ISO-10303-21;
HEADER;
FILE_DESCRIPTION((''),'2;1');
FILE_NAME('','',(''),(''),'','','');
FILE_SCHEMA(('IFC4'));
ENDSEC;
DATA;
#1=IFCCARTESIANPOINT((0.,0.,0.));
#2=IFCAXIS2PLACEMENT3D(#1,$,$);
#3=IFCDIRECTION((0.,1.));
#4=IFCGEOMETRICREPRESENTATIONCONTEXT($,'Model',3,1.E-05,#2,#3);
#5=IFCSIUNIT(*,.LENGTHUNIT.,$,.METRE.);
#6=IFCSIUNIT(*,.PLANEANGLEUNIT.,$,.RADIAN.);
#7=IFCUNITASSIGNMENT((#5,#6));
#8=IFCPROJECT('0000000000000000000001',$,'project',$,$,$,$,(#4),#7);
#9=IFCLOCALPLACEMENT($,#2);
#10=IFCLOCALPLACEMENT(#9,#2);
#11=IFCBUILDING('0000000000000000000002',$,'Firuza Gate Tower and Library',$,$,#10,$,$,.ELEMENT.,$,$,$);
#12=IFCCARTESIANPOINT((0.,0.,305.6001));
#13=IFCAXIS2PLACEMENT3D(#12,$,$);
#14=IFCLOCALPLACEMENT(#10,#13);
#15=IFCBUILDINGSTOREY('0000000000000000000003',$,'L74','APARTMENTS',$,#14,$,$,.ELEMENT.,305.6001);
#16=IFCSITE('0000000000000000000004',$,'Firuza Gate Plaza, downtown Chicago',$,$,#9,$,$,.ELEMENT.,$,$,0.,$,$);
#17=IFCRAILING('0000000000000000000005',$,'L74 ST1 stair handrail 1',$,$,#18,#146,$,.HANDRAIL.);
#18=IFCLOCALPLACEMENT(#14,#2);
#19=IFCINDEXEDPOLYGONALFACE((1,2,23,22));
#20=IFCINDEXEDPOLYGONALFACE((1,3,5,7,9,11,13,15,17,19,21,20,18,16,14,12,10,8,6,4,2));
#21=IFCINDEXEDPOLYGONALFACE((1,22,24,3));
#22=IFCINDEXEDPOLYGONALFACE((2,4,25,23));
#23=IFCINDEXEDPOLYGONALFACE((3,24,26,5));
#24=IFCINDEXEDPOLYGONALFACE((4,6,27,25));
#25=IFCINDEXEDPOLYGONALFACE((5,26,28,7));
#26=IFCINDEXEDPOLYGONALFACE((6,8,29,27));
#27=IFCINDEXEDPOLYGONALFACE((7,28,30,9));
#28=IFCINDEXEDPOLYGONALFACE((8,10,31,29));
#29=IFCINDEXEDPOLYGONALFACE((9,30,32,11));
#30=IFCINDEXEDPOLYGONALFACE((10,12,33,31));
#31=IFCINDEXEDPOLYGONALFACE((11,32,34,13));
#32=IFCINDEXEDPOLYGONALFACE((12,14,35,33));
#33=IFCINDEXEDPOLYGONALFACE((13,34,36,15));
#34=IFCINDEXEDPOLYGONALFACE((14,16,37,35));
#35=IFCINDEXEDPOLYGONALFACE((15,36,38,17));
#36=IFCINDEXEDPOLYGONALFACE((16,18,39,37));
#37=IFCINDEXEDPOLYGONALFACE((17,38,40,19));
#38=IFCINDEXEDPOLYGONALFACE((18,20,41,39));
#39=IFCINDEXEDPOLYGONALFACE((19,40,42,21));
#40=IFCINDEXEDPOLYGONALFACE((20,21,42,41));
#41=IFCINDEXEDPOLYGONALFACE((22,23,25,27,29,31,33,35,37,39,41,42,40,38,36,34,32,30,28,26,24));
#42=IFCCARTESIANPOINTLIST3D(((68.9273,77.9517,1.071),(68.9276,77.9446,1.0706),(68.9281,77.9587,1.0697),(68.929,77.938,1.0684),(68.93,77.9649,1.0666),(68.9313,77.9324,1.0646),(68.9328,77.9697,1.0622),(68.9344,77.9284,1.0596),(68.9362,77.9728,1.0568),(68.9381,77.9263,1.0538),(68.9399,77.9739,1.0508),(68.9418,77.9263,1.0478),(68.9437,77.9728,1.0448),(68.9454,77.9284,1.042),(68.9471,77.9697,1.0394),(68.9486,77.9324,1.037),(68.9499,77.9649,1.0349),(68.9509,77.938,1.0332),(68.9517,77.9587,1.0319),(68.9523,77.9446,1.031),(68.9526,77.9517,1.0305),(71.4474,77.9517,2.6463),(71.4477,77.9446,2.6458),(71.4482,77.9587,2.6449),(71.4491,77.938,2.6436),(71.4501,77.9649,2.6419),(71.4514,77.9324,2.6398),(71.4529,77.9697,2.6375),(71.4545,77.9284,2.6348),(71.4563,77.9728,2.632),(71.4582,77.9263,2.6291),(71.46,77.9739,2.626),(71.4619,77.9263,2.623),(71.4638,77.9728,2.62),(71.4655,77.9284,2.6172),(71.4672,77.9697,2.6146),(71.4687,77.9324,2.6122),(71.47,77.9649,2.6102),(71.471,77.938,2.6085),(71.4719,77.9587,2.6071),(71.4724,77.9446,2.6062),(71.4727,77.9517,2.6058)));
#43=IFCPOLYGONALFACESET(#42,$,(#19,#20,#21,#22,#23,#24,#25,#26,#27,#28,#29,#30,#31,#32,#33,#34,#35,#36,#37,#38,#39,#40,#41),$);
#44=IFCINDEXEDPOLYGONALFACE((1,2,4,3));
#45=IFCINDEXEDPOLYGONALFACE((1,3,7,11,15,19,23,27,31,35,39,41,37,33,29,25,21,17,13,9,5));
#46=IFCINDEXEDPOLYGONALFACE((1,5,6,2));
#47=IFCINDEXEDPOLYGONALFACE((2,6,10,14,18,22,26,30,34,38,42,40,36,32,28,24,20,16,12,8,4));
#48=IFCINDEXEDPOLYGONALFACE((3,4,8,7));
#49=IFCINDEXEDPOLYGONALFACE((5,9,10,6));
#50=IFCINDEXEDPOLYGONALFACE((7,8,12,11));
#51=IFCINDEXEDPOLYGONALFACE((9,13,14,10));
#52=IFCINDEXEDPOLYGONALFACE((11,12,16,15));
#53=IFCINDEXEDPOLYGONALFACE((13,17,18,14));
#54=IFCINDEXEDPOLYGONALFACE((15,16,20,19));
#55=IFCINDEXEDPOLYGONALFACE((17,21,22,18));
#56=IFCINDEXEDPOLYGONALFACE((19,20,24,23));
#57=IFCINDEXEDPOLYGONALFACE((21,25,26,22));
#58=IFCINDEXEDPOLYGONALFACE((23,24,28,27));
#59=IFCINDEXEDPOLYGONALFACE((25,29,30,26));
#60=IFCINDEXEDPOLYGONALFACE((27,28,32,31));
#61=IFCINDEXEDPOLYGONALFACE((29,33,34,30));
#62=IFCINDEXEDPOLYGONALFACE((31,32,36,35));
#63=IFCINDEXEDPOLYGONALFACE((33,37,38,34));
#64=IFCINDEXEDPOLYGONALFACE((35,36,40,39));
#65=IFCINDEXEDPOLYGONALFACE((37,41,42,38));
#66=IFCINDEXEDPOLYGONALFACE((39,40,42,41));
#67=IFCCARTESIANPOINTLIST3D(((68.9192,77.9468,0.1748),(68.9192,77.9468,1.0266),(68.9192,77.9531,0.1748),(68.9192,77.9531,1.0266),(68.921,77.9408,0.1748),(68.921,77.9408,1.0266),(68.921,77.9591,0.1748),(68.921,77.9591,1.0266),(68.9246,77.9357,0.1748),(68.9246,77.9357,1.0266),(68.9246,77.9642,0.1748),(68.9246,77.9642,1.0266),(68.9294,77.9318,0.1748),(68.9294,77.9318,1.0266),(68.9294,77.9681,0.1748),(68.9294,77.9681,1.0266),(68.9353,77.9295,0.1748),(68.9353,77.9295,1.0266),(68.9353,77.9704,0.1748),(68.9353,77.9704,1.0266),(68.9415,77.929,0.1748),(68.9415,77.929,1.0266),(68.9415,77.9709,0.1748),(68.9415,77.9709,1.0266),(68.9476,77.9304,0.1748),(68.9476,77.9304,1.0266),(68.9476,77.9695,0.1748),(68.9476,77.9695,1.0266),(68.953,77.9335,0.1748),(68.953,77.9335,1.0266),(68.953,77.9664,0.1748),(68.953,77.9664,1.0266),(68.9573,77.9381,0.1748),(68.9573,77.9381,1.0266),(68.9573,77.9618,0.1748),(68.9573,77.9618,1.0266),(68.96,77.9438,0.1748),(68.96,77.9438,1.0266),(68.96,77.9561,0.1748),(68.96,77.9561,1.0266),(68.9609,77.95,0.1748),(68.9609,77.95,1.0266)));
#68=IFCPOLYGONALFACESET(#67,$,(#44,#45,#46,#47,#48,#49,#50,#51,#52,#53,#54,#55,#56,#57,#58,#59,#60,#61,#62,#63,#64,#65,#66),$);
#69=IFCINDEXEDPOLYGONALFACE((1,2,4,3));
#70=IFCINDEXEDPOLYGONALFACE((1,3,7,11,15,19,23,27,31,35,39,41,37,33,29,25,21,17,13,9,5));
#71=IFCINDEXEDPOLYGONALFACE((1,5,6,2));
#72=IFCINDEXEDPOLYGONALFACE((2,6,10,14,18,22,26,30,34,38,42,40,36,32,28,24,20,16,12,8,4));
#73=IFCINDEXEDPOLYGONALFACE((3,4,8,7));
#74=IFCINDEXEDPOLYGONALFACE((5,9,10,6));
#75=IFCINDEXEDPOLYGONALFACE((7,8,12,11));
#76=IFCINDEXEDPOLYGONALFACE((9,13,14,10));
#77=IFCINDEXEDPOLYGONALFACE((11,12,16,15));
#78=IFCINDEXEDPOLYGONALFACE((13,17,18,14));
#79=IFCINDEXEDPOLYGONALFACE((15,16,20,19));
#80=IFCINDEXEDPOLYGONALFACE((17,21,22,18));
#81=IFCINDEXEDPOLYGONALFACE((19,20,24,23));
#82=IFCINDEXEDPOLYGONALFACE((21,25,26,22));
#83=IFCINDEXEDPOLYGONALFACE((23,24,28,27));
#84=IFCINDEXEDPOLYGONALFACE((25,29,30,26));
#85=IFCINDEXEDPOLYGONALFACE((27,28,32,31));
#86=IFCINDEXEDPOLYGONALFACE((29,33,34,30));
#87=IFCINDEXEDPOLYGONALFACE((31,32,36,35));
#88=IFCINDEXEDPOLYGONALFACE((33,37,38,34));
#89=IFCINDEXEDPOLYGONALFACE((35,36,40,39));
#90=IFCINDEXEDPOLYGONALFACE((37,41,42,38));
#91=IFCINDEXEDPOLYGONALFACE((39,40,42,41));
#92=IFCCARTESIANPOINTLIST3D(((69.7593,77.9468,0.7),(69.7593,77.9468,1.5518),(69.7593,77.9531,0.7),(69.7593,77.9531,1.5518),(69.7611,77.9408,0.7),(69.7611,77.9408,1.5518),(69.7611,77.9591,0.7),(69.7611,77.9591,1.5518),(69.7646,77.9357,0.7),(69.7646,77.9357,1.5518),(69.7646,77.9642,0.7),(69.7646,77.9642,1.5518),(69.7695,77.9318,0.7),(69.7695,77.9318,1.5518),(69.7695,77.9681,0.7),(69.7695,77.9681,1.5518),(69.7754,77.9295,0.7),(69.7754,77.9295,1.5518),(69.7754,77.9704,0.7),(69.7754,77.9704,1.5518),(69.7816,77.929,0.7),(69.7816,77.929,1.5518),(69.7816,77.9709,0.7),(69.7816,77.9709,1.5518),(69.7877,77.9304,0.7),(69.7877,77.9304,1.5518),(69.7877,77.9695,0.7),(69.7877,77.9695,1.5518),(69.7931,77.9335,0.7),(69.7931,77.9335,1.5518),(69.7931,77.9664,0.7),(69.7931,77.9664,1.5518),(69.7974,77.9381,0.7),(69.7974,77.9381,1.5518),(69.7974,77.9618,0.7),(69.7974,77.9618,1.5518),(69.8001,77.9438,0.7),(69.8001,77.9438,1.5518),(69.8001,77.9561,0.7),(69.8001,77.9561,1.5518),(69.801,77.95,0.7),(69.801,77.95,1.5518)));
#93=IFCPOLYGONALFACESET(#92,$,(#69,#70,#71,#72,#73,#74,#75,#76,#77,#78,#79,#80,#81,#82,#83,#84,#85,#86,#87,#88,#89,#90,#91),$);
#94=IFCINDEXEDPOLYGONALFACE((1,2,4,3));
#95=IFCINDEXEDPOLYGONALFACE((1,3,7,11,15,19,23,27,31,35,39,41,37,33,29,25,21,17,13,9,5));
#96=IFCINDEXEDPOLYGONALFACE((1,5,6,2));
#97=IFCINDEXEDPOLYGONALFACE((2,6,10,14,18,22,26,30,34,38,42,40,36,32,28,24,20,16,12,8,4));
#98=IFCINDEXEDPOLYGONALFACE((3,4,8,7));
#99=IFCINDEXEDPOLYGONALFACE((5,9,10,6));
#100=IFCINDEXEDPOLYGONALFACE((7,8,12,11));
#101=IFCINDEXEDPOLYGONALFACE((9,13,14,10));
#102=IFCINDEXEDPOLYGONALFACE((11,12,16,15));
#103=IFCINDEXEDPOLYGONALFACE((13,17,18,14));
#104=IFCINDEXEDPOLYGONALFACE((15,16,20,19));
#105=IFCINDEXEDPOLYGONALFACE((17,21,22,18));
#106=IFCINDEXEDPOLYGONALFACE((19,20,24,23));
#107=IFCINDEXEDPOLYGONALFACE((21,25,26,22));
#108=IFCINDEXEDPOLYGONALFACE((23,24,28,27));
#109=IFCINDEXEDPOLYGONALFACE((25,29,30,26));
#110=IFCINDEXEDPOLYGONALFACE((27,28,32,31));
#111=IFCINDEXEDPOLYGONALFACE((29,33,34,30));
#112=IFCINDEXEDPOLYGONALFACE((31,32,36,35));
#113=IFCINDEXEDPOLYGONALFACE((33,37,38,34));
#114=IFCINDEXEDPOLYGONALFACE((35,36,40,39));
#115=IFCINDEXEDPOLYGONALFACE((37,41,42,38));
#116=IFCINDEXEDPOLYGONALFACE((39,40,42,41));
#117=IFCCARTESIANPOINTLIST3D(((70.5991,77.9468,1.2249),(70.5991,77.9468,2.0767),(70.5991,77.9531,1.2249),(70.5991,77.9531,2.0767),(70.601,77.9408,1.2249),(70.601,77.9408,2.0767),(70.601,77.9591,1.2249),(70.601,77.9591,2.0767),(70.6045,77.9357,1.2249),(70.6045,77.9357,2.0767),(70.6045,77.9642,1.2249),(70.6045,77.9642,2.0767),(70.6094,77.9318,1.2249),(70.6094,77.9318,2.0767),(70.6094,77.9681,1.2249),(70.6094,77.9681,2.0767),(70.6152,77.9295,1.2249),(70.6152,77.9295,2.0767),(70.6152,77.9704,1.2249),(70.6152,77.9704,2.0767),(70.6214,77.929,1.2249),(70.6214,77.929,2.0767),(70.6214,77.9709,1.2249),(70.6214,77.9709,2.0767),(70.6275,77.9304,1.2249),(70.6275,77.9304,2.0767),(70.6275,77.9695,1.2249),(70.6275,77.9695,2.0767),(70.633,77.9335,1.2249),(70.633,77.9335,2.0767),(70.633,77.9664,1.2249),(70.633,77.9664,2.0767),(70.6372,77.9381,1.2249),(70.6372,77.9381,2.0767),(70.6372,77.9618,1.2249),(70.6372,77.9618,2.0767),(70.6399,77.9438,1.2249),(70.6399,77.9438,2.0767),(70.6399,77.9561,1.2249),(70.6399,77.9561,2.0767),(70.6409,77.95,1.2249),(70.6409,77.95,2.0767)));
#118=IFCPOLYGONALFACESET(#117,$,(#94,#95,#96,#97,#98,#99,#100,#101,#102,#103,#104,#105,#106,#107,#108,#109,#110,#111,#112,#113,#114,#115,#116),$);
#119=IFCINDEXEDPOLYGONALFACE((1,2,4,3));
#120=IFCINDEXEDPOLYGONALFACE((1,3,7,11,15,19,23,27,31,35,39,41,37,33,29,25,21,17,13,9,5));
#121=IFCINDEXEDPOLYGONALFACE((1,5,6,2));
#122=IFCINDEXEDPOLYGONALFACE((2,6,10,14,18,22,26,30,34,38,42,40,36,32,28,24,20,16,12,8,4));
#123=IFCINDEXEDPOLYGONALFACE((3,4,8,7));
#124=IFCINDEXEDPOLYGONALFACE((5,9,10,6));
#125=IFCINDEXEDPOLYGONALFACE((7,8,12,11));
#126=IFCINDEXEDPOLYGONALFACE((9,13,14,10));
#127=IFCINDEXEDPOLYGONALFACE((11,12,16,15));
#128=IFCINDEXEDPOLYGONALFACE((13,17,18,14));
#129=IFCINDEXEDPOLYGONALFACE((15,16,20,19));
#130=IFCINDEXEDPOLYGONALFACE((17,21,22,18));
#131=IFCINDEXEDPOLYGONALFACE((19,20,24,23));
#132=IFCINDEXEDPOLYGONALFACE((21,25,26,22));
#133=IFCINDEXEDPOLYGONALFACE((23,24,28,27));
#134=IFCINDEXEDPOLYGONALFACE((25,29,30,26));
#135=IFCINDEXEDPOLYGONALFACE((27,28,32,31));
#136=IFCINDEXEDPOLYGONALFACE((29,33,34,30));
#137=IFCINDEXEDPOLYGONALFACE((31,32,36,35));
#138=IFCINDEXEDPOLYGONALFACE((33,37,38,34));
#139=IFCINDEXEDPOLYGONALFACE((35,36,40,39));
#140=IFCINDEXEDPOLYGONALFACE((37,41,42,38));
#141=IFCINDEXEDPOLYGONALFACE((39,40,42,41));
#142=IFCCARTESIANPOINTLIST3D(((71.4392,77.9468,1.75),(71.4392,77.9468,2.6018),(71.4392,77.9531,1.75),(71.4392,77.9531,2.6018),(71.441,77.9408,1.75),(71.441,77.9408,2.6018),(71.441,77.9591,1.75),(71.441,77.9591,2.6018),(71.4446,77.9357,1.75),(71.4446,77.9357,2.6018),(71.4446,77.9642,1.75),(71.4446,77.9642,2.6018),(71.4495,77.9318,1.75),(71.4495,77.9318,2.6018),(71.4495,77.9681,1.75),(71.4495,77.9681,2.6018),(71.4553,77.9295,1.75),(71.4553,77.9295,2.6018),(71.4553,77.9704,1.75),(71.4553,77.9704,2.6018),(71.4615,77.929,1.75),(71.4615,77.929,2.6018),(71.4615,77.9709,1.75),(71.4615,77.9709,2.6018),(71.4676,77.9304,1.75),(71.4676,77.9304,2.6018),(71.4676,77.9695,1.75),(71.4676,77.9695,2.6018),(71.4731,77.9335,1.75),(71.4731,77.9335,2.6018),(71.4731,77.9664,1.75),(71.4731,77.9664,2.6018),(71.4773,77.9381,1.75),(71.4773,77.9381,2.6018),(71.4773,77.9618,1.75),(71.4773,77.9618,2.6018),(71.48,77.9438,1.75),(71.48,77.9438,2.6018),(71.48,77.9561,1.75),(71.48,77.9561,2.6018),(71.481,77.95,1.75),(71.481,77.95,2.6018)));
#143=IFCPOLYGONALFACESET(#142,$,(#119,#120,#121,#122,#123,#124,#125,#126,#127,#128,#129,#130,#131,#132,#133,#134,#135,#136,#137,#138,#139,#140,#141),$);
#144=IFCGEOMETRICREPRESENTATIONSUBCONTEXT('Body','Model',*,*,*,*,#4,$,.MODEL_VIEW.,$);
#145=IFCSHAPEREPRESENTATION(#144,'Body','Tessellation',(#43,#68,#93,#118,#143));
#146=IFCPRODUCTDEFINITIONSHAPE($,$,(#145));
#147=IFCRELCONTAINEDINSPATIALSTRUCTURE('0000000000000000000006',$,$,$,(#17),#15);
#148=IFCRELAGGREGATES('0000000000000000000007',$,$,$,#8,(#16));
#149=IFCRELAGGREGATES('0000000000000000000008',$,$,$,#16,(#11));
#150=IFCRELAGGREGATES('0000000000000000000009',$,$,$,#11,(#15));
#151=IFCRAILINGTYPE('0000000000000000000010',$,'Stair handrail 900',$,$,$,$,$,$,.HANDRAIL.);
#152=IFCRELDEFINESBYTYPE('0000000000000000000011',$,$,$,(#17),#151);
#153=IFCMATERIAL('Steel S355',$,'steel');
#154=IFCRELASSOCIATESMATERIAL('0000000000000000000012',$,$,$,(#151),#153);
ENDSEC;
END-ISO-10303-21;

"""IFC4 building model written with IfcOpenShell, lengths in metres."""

from ifc_helpers import new_model, si_unit, direction, frame, origin, origin_2d, place, context, subcontext, project, spatial, circle, extrude, material, type_object, element, save


model = new_model("IFC4")

# Units and contexts
model_context = context("Model", 3, precision=1e-05, world=origin(), true_north=direction((0.0, 1.0)))
body_context = subcontext(model_context, "Body", "Model", "MODEL_VIEW")
ifc_project = project(units=[si_unit("LENGTHUNIT", "METRE"), si_unit("PLANEANGLEUNIT", "RADIAN")], contexts=[model_context])

# Site, building, storey
site_placement = place(None, origin())
site = spatial("IfcSite", under=ifc_project, at=site_placement, Name="Firuza Gate Plaza, downtown Chicago", CompositionType="ELEMENT", RefElevation=0.0)
building_placement = place(site_placement, origin())
building = spatial("IfcBuilding", under=site, at=building_placement, Name="Firuza Gate Tower and Library", CompositionType="ELEMENT")
storey_placement = place(building_placement, frame((0.0, 0.0, 305.6001)))
storey = spatial("IfcBuildingStorey", under=building, at=storey_placement, Name="L74", Description="APARTMENTS", CompositionType="ELEMENT", Elevation=305.6001)

# Railing
ifc_material_1 = material(Name="Steel S355", Category="steel")
railing_type = type_object("IfcRailingType", Name="Stair handrail 900", PredefinedType="HANDRAIL", material=ifc_material_1)
railing_placement = place(storey_placement, frame((68.9399, 77.95, 0.1748)))
element("IfcRailing", 1, at=railing_placement, inside=storey, type_object=railing_type, Name="L74 ST1 stair handrail 1", PredefinedType="HANDRAIL", context=body_context, shape_type="SweptSolid", body=[
    extrude(circle(Radius=0.0239, at=origin_2d()), frame((0.0, 0.0, 0.876), z_axis=(0.847971, 0.0, 0.530043), x_axis=(0.0, 1.0, 0.0)), (0.0, 0.0, 1.0), 2.9719),
    extrude(circle(Radius=0.021, at=origin_2d()), origin(), (0.0, 0.0, 1.0), 0.8518),
    extrude(circle(Radius=0.021, at=origin_2d()), frame((0.8401, 0.0, 0.5251)), (0.0, 0.0, 1.0), 0.8518),
    extrude(circle(Radius=0.021, at=origin_2d()), frame((1.6799, 0.0, 1.05)), (0.0, 0.0, 1.0), 0.8518),
    extrude(circle(Radius=0.021, at=origin_2d()), frame((2.52, 0.0, 1.5752)), (0.0, 0.0, 1.0), 0.8518),
])

save(model, "model.ifc")
